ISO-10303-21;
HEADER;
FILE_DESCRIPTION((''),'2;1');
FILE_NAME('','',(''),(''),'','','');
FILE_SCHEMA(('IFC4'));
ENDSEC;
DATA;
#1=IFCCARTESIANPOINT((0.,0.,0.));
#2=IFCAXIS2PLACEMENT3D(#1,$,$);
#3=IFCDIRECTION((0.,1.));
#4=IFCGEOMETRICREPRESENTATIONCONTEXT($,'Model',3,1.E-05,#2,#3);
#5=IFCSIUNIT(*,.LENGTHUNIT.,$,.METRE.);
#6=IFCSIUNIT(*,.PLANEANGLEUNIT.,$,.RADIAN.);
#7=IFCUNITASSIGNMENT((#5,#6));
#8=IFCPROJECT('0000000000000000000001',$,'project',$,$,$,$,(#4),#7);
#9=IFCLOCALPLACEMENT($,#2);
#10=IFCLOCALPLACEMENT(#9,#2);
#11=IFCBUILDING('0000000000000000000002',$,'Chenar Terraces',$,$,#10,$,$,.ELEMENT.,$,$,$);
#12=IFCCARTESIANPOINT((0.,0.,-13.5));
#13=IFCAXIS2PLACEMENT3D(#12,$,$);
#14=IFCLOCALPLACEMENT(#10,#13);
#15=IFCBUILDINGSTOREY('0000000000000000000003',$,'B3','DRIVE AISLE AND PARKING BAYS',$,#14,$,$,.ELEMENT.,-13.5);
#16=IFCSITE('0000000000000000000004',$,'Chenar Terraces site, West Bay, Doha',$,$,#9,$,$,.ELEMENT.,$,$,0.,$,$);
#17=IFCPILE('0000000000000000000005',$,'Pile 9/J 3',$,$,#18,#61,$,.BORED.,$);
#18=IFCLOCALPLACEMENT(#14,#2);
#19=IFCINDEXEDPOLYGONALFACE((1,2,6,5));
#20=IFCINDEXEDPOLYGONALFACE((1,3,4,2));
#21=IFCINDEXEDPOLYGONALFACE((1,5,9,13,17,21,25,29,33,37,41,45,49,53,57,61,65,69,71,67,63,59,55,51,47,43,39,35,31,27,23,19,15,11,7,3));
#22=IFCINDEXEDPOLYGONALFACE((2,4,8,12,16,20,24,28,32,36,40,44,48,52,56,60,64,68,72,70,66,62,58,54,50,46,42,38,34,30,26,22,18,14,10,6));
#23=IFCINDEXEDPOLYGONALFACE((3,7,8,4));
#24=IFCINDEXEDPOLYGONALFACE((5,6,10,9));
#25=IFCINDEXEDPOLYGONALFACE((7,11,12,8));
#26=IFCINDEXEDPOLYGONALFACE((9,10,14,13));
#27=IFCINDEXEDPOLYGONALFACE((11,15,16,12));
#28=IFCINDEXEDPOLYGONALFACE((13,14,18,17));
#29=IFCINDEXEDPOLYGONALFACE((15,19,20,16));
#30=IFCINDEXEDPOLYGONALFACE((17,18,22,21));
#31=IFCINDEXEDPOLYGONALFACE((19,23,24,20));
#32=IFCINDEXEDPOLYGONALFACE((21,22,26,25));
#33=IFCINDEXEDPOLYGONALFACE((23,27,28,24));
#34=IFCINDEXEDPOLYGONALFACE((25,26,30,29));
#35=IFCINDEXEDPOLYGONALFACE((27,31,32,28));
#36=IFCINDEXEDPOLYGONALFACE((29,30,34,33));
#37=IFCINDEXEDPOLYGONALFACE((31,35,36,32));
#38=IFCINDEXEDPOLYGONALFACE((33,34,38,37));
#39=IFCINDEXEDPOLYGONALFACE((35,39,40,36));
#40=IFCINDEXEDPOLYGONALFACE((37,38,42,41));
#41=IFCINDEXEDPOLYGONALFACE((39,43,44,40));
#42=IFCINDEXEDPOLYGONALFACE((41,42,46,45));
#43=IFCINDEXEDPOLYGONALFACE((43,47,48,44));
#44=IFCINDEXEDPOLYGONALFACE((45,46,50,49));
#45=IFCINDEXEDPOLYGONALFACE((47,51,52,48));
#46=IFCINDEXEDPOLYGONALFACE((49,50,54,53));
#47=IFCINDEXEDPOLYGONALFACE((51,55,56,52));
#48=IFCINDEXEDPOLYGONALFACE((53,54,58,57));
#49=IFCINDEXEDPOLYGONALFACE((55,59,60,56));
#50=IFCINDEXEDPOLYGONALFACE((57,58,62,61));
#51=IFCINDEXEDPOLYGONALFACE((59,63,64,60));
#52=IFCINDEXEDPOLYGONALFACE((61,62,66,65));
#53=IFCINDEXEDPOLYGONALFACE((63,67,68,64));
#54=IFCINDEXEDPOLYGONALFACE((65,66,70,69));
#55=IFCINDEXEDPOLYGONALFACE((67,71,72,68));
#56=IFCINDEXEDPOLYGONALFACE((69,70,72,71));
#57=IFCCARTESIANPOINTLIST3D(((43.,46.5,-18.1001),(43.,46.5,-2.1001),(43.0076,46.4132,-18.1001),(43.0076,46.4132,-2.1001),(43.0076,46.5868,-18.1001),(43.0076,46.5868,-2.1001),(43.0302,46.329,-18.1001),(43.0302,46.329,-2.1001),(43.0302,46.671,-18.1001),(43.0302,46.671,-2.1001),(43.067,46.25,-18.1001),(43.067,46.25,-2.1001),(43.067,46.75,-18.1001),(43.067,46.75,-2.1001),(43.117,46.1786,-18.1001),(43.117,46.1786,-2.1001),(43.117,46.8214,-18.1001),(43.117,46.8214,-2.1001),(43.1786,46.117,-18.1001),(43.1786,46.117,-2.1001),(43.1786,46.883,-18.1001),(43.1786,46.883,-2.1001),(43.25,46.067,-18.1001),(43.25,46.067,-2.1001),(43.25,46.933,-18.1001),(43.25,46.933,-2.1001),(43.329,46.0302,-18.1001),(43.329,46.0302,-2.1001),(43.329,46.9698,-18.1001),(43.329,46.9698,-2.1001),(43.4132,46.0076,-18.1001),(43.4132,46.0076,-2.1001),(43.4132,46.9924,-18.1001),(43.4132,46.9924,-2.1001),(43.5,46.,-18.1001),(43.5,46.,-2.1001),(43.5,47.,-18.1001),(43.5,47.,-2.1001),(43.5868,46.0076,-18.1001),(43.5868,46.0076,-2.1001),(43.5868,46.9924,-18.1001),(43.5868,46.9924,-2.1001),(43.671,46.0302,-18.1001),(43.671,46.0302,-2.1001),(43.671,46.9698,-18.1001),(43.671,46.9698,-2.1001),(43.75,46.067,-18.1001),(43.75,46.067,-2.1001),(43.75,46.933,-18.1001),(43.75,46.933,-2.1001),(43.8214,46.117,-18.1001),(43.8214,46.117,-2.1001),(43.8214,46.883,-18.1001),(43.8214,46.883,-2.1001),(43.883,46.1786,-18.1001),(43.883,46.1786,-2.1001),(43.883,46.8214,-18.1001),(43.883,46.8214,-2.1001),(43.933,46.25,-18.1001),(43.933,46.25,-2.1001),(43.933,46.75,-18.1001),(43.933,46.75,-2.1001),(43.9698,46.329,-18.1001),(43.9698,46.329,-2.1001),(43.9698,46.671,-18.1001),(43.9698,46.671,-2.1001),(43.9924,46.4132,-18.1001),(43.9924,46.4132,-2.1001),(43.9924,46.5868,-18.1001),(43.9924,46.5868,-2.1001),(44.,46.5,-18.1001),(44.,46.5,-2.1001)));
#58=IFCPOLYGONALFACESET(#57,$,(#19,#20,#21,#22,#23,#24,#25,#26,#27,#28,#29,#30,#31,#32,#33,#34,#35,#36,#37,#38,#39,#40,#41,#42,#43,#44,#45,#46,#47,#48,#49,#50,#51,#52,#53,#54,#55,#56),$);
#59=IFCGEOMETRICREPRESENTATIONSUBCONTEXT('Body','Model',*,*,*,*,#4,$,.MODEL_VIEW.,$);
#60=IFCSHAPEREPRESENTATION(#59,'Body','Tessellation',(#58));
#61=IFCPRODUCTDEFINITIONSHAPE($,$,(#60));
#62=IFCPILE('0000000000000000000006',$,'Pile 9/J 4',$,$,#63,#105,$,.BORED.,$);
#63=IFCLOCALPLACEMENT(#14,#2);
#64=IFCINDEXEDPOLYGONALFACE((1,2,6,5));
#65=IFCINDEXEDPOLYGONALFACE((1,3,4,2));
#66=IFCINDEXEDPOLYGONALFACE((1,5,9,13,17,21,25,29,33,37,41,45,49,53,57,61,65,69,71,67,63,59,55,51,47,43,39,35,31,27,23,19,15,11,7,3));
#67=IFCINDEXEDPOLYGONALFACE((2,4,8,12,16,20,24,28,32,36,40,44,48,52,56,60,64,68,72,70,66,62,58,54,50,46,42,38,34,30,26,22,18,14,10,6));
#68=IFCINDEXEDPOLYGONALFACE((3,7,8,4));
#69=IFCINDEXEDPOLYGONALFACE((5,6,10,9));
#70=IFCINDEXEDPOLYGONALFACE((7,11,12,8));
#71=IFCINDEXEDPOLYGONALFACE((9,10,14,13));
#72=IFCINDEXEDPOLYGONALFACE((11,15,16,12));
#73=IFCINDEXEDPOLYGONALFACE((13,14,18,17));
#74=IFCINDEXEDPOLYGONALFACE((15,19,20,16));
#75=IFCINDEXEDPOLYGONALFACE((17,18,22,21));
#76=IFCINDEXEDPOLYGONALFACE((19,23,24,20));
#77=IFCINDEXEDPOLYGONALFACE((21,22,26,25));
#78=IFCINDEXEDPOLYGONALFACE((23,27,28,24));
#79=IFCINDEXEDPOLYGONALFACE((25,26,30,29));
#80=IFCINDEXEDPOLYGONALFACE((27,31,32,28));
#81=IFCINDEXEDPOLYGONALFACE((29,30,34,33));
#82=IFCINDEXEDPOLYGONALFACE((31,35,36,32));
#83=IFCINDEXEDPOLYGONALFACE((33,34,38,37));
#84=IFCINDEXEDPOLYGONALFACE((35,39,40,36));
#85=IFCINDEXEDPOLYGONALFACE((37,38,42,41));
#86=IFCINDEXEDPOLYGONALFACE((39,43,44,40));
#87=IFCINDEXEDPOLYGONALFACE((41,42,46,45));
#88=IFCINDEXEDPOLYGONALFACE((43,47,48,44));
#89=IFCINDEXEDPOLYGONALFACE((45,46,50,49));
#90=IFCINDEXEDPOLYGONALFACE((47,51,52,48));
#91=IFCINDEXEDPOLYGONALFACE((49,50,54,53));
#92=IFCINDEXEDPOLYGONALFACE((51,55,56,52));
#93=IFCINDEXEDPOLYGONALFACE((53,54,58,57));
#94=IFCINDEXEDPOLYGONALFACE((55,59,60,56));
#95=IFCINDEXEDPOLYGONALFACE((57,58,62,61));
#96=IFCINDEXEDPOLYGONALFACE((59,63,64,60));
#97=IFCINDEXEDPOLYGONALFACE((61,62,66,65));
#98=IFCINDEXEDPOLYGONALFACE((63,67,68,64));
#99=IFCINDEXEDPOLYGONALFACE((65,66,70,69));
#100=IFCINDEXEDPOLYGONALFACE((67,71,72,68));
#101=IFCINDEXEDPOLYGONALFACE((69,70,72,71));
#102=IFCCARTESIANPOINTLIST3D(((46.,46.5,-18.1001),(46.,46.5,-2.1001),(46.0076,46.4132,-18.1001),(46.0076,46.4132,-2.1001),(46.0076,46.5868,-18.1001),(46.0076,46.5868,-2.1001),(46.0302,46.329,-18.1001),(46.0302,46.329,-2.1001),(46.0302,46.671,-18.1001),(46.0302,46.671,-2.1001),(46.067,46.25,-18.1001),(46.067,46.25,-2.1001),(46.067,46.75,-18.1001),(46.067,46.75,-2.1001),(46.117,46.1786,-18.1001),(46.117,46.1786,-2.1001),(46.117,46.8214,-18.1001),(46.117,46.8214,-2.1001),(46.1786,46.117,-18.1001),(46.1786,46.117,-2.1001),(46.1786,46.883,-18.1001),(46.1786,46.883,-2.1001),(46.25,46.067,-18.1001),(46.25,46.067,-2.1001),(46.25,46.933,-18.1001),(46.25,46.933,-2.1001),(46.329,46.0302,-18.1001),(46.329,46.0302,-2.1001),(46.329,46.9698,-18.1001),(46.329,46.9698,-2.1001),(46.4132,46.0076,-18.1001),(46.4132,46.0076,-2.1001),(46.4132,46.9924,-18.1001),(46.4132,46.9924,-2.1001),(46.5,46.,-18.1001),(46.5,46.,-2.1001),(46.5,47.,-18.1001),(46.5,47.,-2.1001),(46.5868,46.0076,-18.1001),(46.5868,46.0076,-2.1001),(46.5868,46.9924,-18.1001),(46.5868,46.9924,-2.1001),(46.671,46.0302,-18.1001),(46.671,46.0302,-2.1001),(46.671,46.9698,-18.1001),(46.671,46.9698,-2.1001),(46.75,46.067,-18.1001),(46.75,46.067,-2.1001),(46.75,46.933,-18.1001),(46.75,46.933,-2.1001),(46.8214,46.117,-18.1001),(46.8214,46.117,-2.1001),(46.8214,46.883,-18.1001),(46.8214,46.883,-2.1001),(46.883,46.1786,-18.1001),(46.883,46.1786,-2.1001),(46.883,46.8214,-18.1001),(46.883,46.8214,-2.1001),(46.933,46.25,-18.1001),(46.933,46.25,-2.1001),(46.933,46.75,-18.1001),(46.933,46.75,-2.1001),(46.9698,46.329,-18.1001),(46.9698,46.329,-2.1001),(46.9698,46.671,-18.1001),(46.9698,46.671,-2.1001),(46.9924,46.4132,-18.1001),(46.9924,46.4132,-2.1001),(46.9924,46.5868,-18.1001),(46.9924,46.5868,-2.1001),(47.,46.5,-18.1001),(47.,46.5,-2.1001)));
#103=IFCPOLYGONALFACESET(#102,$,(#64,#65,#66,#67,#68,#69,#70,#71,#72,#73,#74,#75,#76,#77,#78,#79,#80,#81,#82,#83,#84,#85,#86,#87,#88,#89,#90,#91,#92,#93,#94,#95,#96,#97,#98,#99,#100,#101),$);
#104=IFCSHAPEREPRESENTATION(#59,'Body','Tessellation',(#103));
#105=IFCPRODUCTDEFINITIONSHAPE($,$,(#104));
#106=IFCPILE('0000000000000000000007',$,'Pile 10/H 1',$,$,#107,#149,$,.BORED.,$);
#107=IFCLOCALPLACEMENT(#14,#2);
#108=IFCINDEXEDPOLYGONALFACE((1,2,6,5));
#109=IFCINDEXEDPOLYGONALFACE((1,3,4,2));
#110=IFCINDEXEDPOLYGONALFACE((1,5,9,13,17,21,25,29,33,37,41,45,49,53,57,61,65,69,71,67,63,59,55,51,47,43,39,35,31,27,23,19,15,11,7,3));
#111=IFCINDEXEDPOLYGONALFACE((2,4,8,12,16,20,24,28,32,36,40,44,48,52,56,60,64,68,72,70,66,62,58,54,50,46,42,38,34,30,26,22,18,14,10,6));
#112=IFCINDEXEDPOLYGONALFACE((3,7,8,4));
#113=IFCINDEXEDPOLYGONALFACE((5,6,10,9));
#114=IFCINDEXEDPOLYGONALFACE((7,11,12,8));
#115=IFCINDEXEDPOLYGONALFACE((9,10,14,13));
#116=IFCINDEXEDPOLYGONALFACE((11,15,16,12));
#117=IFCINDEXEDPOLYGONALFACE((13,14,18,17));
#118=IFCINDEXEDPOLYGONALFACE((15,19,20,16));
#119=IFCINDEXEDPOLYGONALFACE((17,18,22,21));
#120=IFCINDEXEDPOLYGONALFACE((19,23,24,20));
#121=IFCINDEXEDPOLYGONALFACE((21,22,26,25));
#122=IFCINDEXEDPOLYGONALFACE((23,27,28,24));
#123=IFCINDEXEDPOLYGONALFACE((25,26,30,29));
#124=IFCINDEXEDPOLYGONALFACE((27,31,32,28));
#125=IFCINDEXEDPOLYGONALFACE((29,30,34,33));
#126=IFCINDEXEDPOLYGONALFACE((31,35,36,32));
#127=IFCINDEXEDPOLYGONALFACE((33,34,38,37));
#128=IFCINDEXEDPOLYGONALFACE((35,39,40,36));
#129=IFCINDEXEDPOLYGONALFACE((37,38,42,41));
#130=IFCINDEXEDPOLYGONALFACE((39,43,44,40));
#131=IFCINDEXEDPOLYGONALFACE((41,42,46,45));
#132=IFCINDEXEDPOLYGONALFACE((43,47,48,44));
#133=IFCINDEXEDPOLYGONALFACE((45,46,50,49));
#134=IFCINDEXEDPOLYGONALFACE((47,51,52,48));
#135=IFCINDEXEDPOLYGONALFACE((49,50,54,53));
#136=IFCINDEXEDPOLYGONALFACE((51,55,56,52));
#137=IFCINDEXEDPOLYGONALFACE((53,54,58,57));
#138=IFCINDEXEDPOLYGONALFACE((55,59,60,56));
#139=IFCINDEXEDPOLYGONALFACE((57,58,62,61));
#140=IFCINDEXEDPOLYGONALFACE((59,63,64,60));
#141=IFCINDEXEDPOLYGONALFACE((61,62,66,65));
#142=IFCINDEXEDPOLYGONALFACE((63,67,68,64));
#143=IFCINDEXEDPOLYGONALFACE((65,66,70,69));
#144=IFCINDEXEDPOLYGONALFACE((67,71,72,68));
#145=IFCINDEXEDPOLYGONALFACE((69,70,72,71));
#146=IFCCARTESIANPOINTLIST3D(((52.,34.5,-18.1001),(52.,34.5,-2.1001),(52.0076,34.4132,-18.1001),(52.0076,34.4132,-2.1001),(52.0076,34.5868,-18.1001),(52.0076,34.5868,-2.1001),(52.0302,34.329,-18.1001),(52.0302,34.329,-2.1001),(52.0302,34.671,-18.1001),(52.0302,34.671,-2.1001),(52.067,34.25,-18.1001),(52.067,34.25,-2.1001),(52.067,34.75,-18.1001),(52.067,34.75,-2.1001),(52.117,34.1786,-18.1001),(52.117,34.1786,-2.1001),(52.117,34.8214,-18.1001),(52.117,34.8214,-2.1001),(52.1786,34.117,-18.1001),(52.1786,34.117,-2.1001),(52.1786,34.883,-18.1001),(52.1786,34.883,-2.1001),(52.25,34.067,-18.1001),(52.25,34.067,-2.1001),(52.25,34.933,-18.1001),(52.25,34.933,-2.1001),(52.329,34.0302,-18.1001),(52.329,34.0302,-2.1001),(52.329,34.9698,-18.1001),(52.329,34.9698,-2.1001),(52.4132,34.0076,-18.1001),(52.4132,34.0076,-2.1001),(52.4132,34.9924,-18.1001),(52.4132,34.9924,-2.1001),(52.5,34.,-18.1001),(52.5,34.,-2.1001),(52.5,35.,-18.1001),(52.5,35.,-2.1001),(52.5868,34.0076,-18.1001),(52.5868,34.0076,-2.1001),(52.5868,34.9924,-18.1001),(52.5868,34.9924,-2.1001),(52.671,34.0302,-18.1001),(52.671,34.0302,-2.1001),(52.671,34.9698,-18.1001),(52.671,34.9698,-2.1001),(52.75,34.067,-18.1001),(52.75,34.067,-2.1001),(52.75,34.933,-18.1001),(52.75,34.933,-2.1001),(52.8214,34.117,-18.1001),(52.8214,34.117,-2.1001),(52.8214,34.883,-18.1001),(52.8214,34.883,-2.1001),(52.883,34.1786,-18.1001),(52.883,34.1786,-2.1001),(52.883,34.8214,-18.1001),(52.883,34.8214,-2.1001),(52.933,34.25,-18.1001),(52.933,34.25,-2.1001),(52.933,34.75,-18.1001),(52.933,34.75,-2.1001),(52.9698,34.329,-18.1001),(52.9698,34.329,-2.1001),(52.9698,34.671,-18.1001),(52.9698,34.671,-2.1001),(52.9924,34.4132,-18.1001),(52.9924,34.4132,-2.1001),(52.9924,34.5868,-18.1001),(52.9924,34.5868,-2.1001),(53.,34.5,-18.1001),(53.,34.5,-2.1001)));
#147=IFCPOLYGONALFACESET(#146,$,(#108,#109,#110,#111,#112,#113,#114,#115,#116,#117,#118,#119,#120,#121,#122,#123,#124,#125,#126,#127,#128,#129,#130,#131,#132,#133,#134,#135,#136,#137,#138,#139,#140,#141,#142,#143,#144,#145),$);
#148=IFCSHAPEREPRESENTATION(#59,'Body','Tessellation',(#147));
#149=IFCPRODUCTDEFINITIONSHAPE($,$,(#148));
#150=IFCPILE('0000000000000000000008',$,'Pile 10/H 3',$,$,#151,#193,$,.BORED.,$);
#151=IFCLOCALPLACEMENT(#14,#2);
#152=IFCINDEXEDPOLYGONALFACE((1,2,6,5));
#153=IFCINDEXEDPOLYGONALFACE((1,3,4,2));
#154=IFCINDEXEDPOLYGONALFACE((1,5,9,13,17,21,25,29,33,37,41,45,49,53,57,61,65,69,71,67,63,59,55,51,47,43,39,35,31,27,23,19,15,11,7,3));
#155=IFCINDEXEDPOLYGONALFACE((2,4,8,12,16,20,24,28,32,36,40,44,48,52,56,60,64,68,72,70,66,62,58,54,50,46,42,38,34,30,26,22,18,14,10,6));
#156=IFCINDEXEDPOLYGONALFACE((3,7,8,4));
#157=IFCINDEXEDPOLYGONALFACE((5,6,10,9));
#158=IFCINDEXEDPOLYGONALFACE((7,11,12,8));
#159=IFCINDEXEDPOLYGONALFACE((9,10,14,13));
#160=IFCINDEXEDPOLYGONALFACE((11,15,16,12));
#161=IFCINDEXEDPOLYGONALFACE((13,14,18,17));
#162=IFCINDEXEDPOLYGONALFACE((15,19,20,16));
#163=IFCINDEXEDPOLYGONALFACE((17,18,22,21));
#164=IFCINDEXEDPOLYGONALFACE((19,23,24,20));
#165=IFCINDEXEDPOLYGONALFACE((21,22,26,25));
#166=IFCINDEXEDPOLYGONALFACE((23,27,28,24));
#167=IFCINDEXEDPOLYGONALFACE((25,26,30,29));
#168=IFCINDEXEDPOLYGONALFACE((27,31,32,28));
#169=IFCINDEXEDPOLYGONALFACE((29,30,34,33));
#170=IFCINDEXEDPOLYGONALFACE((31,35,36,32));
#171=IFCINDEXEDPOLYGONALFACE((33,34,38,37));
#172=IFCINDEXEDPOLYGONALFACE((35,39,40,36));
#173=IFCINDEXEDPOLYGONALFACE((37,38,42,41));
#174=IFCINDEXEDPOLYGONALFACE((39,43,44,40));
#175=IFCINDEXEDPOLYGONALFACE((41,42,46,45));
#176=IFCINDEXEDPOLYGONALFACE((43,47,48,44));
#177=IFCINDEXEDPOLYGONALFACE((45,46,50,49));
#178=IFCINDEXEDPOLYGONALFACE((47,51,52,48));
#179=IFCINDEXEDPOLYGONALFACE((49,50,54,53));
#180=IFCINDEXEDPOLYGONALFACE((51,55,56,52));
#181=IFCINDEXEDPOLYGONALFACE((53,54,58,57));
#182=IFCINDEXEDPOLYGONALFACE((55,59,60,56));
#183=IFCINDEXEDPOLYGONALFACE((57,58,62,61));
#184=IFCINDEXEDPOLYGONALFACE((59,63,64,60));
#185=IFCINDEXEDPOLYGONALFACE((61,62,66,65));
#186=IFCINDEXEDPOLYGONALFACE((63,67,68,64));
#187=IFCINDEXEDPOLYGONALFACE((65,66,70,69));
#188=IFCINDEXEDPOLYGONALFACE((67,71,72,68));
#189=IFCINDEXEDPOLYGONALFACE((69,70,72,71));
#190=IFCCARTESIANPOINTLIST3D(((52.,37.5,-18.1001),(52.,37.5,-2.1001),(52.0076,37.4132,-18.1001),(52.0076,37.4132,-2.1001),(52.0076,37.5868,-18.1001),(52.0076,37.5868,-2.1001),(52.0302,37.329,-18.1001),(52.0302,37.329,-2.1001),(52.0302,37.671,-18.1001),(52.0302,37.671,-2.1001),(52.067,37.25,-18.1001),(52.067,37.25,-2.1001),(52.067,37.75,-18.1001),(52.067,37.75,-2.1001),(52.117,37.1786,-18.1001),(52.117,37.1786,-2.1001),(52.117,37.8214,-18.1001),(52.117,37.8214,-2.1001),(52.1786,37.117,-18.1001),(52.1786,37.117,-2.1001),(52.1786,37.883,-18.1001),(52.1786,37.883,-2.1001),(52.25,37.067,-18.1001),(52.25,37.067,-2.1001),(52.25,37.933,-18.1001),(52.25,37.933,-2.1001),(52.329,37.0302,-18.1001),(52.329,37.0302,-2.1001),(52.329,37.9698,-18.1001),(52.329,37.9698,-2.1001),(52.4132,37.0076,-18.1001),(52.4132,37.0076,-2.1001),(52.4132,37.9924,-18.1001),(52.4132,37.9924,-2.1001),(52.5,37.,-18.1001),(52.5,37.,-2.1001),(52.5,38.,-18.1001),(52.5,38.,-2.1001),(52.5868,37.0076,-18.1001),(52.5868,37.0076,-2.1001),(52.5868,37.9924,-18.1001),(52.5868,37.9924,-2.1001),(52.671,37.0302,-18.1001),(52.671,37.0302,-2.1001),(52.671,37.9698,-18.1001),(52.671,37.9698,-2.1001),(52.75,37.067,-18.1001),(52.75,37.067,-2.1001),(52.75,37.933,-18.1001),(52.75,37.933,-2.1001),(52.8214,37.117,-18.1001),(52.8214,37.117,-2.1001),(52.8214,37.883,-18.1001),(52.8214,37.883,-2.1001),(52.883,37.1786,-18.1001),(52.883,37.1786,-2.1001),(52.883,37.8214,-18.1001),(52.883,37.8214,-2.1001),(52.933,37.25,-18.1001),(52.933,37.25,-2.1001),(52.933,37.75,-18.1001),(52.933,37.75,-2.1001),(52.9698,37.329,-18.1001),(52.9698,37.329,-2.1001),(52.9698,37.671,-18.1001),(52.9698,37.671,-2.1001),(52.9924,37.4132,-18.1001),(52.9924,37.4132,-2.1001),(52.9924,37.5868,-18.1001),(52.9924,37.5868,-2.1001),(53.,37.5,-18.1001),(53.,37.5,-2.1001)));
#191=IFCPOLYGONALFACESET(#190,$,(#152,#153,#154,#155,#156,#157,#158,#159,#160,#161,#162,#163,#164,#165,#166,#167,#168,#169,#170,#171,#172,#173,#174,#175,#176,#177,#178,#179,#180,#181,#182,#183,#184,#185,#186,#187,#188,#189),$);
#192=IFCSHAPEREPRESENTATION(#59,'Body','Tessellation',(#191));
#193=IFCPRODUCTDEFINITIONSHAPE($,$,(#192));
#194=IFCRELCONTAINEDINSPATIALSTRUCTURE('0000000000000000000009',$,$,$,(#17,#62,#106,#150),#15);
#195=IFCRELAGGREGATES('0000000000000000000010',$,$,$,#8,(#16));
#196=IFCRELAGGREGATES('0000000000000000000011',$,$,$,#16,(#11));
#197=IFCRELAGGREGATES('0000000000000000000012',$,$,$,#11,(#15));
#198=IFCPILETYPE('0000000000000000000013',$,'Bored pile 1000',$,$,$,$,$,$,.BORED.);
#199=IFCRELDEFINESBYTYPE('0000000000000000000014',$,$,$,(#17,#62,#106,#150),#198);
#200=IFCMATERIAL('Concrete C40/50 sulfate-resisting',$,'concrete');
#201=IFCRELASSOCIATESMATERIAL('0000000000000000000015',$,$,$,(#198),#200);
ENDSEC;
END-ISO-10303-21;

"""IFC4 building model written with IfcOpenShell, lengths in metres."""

from ifc_helpers import new_model, si_unit, direction, frame, origin, origin_2d, place, context, subcontext, project, spatial, circle, extrude, material, material_profile, profile_set, type_object, element, save


model = new_model("IFC4")

# Units and contexts
model_context = context("Model", 3, precision=1e-05, world=origin(), true_north=direction((0.0, 1.0)))
body_context = subcontext(model_context, "Body", "Model", "MODEL_VIEW")
ifc_project = project(units=[si_unit("LENGTHUNIT", "METRE"), si_unit("PLANEANGLEUNIT", "RADIAN")], contexts=[model_context])

# Site, building, storey
site_placement = place(None, origin())
site = spatial("IfcSite", under=ifc_project, at=site_placement, Name="Chenar Terraces site, West Bay, Doha", CompositionType="ELEMENT", RefElevation=0.0)
building_placement = place(site_placement, origin())
building = spatial("IfcBuilding", under=site, at=building_placement, Name="Chenar Terraces", CompositionType="ELEMENT")
storey_placement = place(building_placement, frame((0.0, 0.0, -13.5)))
storey = spatial("IfcBuildingStorey", under=building, at=storey_placement, Name="B3", Description="DRIVE AISLE AND PARKING BAYS", CompositionType="ELEMENT", Elevation=-13.5)

# Piles
ifc_material_1 = material(Name="Concrete C40/50 sulfate-resisting", Category="concrete")
ifc_material_profile_1 = material_profile(ifc_material_1, circle(Radius=0.5, at=origin_2d()), Name="BP 1000")
ifc_profile_set_1 = profile_set([ifc_material_profile_1], Name="Concrete C40/50 sulfate-resisting")
pile_type_1 = type_object("IfcPileType", Name="Bored pile 1000", PredefinedType="BORED", material=ifc_profile_set_1)
for number, where, z_axis, x_axis, name in (
    (1, (43.5, 46.5, -2.1001), (0.0, 0.0, -1.0), (1.0, 0.0, 0.0), "Pile 9/J 3"),
    (2, (46.5, 46.5, -2.1001), (0.0, 0.0, -1.0), (1.0, 0.0, 0.0), "Pile 9/J 4"),
    (3, (52.5, 34.5, -2.1001), (0.0, 0.0, -1.0), (1.0, 0.0, 0.0), "Pile 10/H 1"),
    (4, (52.5, 37.5, -2.1001), (0.0, 0.0, -1.0), (1.0, 0.0, 0.0), "Pile 10/H 3"),
):
    element("IfcPile", number, at=place(storey_placement, frame(where, z_axis=z_axis, x_axis=x_axis)), inside=storey, type_object=pile_type_1, Name=name, PredefinedType="BORED", context=body_context, shape_type="SweptSolid", body=[
        extrude(circle(Radius=0.5, at=origin_2d()), origin(), (0.0, 0.0, 1.0), 16.0),
    ])

save(model, "model.ifc")
